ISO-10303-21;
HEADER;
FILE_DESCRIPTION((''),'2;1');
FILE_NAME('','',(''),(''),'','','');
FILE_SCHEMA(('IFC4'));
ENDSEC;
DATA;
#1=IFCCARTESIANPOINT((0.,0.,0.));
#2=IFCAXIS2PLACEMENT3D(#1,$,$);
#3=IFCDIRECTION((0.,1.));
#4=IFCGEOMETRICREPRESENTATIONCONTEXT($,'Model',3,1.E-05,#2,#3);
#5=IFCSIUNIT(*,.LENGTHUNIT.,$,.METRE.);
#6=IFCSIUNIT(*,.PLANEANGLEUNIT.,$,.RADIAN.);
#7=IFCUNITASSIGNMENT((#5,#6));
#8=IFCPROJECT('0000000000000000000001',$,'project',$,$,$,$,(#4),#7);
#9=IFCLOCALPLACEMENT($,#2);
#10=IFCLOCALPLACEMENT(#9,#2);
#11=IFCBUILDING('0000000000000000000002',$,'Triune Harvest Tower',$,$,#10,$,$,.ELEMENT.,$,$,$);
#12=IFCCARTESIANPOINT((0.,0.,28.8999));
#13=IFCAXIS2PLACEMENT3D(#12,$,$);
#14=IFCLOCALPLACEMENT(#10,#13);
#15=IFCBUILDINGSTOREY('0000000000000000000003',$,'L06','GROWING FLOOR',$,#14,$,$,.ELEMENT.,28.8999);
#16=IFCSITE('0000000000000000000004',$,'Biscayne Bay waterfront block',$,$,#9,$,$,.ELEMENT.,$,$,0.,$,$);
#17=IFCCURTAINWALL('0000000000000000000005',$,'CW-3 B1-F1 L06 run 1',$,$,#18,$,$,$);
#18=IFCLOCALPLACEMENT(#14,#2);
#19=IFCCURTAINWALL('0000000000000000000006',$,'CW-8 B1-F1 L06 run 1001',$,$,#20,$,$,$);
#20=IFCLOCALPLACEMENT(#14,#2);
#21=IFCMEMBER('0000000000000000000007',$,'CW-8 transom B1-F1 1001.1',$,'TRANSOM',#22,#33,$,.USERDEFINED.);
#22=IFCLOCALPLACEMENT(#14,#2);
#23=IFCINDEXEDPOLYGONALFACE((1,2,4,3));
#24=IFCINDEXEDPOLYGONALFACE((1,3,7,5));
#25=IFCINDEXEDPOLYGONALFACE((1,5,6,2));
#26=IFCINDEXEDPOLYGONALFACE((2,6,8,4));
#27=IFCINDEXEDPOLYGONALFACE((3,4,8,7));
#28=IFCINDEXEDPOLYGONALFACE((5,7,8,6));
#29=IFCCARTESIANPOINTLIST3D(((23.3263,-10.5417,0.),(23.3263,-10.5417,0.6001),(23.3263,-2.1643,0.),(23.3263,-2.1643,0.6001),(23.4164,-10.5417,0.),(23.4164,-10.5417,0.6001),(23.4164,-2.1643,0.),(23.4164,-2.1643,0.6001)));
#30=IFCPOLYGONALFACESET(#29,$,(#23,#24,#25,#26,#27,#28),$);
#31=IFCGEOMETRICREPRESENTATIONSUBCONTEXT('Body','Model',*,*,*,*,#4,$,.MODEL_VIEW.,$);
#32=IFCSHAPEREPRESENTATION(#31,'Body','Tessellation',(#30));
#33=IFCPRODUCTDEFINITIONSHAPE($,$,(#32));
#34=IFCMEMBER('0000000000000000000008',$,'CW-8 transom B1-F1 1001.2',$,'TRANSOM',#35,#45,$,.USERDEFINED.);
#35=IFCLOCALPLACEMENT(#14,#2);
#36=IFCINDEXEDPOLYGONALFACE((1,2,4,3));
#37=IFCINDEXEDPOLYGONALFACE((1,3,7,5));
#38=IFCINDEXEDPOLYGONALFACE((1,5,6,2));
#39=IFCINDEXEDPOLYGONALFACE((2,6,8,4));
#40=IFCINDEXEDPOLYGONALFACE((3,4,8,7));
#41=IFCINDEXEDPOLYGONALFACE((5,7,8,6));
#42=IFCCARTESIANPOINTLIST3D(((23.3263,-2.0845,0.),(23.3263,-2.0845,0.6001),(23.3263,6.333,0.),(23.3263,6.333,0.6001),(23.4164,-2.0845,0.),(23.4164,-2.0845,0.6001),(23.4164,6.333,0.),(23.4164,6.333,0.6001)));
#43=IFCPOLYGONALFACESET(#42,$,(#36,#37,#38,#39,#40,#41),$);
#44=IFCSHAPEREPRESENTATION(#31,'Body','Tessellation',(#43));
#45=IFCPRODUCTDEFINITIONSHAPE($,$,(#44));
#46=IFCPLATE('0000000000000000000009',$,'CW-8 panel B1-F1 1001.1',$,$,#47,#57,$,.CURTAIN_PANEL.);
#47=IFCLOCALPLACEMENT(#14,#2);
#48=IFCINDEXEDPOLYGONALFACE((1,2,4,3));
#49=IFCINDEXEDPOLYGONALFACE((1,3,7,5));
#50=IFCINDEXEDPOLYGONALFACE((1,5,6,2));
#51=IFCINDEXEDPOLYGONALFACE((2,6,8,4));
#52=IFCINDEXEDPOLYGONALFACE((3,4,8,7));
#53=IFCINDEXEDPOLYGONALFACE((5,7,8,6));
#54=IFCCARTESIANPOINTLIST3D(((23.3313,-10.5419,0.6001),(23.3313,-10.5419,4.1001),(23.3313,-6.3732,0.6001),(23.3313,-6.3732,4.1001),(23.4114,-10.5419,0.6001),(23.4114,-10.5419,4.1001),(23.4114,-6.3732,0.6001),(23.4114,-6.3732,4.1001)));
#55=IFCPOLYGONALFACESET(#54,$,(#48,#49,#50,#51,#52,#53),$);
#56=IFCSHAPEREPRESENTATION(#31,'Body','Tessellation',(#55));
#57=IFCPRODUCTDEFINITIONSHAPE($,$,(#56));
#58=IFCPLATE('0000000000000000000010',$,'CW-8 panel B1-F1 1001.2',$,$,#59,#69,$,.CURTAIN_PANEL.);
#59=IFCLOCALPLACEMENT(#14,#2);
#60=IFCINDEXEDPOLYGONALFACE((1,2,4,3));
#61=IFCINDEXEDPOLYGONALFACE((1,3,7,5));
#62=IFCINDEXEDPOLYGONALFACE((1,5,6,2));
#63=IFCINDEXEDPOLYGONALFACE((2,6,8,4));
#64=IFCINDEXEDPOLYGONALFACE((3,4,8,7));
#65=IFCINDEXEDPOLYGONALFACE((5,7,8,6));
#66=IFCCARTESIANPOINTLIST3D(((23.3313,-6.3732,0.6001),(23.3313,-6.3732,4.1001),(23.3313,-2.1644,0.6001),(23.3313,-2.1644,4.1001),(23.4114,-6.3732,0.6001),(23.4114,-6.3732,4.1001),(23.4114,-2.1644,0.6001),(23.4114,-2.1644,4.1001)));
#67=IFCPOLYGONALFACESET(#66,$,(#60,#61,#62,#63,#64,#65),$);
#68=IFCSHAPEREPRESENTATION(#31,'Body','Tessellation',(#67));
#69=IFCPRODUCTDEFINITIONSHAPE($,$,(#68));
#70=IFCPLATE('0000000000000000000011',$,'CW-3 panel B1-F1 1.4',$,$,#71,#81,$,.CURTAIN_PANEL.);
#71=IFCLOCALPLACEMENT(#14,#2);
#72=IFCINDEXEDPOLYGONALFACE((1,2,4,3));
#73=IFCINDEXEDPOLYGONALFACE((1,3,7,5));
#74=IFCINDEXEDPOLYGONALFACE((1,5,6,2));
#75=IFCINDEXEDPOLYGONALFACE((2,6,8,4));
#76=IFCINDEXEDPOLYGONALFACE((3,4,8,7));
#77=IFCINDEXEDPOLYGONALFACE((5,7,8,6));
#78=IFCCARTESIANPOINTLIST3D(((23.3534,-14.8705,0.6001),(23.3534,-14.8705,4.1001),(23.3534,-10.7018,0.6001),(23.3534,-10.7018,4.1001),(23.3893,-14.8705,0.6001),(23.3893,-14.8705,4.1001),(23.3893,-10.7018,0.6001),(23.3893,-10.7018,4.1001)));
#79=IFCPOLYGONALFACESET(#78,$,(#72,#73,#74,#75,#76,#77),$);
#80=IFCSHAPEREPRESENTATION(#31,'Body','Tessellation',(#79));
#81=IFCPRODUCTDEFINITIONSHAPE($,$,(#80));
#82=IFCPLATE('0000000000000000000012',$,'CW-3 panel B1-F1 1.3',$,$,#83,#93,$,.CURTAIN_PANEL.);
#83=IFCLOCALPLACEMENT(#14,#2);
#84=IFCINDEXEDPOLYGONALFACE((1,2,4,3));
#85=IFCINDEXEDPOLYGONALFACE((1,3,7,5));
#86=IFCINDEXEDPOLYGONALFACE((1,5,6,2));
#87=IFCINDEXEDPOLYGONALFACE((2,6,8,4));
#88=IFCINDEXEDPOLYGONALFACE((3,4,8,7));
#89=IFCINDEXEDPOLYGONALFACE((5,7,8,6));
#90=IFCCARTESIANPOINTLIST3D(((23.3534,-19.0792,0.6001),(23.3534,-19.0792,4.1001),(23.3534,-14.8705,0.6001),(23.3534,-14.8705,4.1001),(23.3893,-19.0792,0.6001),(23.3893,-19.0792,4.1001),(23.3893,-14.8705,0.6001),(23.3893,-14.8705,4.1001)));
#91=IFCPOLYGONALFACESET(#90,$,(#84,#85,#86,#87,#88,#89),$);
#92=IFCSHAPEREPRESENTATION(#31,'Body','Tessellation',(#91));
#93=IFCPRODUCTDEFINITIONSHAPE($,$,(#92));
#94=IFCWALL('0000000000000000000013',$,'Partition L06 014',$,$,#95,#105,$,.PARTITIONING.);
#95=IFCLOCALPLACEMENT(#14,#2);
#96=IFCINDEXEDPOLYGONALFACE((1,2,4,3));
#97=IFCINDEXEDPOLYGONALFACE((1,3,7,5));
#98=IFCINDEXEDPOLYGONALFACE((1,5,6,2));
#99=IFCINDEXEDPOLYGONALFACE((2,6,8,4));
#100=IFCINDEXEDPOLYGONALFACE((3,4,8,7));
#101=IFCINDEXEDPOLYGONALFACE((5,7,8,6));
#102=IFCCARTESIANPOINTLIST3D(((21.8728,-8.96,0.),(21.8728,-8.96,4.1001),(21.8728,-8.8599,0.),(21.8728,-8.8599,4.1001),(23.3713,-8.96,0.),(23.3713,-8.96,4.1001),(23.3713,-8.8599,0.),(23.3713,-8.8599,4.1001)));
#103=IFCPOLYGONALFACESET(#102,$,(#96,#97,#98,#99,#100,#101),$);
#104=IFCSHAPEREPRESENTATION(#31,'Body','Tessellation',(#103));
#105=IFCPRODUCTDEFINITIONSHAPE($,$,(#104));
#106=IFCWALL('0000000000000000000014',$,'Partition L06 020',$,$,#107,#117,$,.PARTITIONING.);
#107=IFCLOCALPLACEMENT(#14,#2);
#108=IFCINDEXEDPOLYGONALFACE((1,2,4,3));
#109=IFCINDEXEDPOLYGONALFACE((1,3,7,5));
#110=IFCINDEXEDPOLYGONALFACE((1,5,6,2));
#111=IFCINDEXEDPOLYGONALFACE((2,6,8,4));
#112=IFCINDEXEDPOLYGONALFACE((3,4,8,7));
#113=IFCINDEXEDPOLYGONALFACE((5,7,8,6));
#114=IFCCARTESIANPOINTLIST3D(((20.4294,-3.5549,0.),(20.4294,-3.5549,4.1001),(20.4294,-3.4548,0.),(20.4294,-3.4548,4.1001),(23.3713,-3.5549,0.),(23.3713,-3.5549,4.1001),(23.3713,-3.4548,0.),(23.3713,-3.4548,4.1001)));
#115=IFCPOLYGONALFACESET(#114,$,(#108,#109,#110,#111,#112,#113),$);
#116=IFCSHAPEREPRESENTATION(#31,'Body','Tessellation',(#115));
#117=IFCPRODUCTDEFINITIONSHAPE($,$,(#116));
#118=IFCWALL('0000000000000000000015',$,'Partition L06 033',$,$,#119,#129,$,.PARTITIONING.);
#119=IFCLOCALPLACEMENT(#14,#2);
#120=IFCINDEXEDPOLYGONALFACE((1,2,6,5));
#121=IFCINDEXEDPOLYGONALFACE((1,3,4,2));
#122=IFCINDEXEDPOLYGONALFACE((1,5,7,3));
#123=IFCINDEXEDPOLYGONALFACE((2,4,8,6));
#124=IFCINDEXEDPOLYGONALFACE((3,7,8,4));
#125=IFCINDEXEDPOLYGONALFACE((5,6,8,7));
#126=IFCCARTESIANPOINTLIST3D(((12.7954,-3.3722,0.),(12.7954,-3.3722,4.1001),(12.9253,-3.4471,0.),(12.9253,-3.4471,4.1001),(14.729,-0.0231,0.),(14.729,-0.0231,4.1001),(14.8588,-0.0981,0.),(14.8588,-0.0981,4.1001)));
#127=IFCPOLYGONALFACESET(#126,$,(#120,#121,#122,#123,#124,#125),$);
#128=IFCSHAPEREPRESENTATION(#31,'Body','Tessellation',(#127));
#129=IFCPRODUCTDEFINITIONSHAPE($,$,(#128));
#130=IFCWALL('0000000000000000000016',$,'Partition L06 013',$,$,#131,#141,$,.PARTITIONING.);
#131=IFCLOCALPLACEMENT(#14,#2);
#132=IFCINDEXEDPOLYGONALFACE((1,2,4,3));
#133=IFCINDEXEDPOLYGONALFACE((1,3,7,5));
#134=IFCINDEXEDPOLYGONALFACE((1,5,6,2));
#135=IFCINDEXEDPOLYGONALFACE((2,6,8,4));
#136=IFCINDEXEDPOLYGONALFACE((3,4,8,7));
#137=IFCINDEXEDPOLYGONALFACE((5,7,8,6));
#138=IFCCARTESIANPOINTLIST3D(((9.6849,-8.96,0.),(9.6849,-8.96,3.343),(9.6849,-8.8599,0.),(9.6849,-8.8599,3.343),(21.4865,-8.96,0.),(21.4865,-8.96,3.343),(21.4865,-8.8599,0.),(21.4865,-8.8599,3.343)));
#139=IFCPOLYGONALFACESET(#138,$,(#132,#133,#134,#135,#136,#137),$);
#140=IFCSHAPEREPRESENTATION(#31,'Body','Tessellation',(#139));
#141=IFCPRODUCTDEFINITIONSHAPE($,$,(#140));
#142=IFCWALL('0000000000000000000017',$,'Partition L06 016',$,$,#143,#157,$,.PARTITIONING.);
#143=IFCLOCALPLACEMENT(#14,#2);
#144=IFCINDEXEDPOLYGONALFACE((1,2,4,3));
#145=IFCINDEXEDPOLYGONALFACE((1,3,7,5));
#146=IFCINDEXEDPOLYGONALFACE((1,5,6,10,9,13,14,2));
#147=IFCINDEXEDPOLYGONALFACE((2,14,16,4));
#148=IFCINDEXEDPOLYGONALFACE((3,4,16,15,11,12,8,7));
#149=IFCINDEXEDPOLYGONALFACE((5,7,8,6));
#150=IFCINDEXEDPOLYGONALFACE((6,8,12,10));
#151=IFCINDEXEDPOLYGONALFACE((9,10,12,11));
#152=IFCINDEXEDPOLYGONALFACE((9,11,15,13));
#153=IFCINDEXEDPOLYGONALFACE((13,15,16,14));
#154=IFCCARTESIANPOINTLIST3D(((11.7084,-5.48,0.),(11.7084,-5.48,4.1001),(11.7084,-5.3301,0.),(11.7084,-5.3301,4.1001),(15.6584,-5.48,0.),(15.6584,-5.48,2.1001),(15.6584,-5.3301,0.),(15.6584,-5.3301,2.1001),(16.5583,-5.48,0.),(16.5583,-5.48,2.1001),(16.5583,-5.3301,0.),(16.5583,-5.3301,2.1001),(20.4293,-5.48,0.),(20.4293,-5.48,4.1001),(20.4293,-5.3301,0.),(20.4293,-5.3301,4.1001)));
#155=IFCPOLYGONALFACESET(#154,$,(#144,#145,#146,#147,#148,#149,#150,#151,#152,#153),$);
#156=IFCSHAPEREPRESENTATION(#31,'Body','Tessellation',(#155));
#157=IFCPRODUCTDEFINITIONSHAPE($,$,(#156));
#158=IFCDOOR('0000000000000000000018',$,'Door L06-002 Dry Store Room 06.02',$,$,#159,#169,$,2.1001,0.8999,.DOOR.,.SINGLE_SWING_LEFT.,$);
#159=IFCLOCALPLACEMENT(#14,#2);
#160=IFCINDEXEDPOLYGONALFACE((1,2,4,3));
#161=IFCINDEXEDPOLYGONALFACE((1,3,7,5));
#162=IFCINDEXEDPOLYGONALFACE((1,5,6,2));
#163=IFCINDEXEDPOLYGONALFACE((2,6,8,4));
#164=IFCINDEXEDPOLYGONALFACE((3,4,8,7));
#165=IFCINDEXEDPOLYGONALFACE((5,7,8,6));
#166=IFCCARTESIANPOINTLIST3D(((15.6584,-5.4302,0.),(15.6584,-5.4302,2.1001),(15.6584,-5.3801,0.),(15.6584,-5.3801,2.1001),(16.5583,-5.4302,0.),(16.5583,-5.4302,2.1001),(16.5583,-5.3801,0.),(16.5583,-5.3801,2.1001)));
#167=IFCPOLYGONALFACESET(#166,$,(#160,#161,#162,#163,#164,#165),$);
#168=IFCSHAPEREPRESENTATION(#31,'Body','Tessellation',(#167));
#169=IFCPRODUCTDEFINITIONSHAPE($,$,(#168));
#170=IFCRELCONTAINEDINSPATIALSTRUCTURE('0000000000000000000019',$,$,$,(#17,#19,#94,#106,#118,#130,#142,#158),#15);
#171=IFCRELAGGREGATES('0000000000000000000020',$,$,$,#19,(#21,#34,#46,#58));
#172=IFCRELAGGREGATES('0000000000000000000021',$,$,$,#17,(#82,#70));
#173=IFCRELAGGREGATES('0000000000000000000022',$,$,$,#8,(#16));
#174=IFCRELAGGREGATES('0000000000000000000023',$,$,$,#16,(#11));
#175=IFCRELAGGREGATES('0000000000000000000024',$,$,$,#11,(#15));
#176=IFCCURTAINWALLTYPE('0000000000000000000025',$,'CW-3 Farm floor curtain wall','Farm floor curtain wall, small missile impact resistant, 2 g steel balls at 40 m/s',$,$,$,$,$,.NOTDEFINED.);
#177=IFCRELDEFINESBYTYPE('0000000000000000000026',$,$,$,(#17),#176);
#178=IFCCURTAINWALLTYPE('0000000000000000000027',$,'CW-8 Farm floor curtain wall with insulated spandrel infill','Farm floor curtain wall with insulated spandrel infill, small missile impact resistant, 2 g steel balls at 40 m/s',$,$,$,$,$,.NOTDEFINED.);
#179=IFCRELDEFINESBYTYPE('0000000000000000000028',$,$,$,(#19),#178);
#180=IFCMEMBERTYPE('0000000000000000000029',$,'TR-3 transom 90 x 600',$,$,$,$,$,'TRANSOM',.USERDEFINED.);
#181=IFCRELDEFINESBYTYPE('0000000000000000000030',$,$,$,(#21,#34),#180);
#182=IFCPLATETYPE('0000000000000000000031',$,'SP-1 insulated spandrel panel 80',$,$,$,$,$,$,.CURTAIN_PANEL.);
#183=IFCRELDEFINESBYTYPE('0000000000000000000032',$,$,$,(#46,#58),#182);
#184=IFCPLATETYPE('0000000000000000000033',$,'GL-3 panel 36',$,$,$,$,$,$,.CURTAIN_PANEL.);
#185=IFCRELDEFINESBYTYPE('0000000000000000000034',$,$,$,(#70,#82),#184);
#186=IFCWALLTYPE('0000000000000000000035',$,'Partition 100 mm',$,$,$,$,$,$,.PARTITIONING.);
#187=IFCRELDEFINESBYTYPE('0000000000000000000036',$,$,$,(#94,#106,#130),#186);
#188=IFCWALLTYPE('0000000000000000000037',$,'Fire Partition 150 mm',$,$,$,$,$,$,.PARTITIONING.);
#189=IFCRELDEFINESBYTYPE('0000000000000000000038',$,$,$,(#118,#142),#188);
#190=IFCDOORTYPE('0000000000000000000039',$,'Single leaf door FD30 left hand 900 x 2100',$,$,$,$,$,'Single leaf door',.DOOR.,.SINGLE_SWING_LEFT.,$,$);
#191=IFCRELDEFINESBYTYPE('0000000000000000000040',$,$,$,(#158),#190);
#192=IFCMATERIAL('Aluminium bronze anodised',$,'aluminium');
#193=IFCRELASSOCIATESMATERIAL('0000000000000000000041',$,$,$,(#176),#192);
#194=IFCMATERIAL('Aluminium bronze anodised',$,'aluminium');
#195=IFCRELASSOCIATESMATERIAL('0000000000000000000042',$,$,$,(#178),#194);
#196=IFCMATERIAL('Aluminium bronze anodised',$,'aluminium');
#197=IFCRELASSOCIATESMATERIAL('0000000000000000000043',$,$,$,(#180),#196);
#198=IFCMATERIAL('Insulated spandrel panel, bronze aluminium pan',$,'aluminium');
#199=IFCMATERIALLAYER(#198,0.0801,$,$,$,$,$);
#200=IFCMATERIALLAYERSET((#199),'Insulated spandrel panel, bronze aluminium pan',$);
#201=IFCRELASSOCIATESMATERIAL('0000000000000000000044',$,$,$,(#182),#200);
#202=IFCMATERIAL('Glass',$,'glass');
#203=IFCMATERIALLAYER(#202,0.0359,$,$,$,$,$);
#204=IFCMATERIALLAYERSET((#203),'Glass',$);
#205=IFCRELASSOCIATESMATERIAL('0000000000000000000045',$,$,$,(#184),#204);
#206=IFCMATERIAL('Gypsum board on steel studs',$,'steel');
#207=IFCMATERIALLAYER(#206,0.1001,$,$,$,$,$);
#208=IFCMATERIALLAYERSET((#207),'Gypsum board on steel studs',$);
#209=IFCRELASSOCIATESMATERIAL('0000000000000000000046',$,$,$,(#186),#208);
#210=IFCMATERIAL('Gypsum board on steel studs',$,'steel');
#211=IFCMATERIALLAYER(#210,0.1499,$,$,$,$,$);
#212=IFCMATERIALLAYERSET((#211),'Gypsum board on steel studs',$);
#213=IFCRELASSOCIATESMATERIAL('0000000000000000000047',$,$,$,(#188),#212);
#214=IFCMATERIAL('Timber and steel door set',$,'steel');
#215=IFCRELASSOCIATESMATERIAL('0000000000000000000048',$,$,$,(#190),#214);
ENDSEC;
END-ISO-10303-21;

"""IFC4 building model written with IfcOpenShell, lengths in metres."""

from ifc_helpers import new_model, si_unit, direction, frame, frame_2d, origin, origin_2d, place, context, subcontext, project, spatial, rectangle, extrude, source, transform, mapped, material, layer, layer_set, material_profile, profile_set, type_object, element, fill, aggregate, save


model = new_model("IFC4")

# Units and contexts
model_context = context("Model", 3, precision=1e-05, world=origin(), true_north=direction((0.0, 1.0)))
body_context = subcontext(model_context, "Body", "Model", "MODEL_VIEW")
ifc_project = project(units=[si_unit("LENGTHUNIT", "METRE"), si_unit("PLANEANGLEUNIT", "RADIAN")], contexts=[model_context])

# Site, building, storey
site_placement = place(None, origin())
site = spatial("IfcSite", under=ifc_project, at=site_placement, Name="Biscayne Bay waterfront block", CompositionType="ELEMENT", RefElevation=0.0)
building_placement = place(site_placement, origin())
building = spatial("IfcBuilding", under=site, at=building_placement, Name="Triune Harvest Tower", CompositionType="ELEMENT")
storey_placement = place(building_placement, frame((0.0, 0.0, 28.8999)))
storey = spatial("IfcBuildingStorey", under=building, at=storey_placement, Name="L06", Description="GROWING FLOOR", CompositionType="ELEMENT", Elevation=28.8999)

# Curtain wall
ifc_material_1 = material(Name="Aluminium bronze anodised", Category="aluminium")
curtain_wall_type_1 = type_object("IfcCurtainWallType", Name="CW-3 Farm floor curtain wall", Description="Farm floor curtain wall, small missile impact resistant, 2 g steel balls at 40 m/s", PredefinedType="NOTDEFINED", material=ifc_material_1)
curtain_wall_1_placement = place(storey_placement, origin())
curtain_wall_1 = element("IfcCurtainWall", 1, at=curtain_wall_1_placement, inside=storey, type_object=curtain_wall_type_1, Name="CW-3 B1-F1 L06 run 1")

# Curtain wall, members, plates
ifc_material_2 = material(Name="Aluminium bronze anodised", Category="aluminium")
curtain_wall_type_2 = type_object("IfcCurtainWallType", Name="CW-8 Farm floor curtain wall with insulated spandrel infill", Description="Farm floor curtain wall with insulated spandrel infill, small missile impact resistant, 2 g steel balls at 40 m/s", PredefinedType="NOTDEFINED", material=ifc_material_2)
curtain_wall_2_placement = place(storey_placement, origin())
curtain_wall_2 = element("IfcCurtainWall", 2, at=curtain_wall_2_placement, inside=storey, type_object=curtain_wall_type_2, Name="CW-8 B1-F1 L06 run 1001")
ifc_material_3 = material(Name="Aluminium bronze anodised", Category="aluminium")
ifc_material_profile_1 = material_profile(ifc_material_3, rectangle(XDim=0.0901, YDim=0.6001, at=origin_2d()), Name="TR-3 transom 90 x 600")
ifc_profile_set_1 = profile_set([ifc_material_profile_1], Name="Aluminium bronze anodised")
member_type_1 = type_object("IfcMemberType", Name="TR-3 transom 90 x 600", ElementType="TRANSOM", PredefinedType="USERDEFINED", material=ifc_profile_set_1)
shared_shape_1 = source(origin(), body_context, "Body", "SweptSolid", [
    extrude(rectangle(XDim=0.0901, YDim=0.6001, at=origin_2d()), origin(), (0.0, 0.0, 1.0), 8.3774),
])
member_1_placement = place(storey_placement, frame((23.3713, -10.5417, 0.3), z_axis=(0.0, 1.0, 0.0), x_axis=(-1.0, 0.0, 0.0)))
member_1 = element("IfcMember", 3, at=member_1_placement, type_object=member_type_1, Name="CW-8 transom B1-F1 1001.1", ObjectType="TRANSOM", PredefinedType="USERDEFINED", context=body_context, shape_type="MappedRepresentation", body=[
    mapped(shared_shape_1, transform((0.0, 0.0, 0.0), scale=1.0)),
])
shared_shape_2 = source(origin(), body_context, "Body", "SweptSolid", [
    extrude(rectangle(XDim=0.0901, YDim=0.6001, at=origin_2d()), origin(), (0.0, 0.0, 1.0), 8.4175),
])
member_2_placement = place(storey_placement, frame((23.3713, -2.0845, 0.3), z_axis=(0.0, 1.0, 0.0), x_axis=(-1.0, 0.0, 0.0)))
member_2 = element("IfcMember", 4, at=member_2_placement, type_object=member_type_1, Name="CW-8 transom B1-F1 1001.2", ObjectType="TRANSOM", PredefinedType="USERDEFINED", context=body_context, shape_type="MappedRepresentation", body=[
    mapped(shared_shape_2, transform((0.0, 0.0, 0.0), scale=1.0)),
])
ifc_material_4 = material(Name="Insulated spandrel panel, bronze aluminium pan", Category="aluminium")
ifc_layer_1 = layer(ifc_material_4, 0.0801)
ifc_layer_set_1 = layer_set([ifc_layer_1], Name="Insulated spandrel panel, bronze aluminium pan")
plate_type_1 = type_object("IfcPlateType", Name="SP-1 insulated spandrel panel 80", PredefinedType="CURTAIN_PANEL", material=ifc_layer_set_1)
shared_shape_3 = source(origin(), body_context, "Body", "SweptSolid", [
    extrude(rectangle(XDim=4.1687, YDim=0.0801, at=origin_2d()), origin(), (0.0, 0.0, 1.0), 3.5),
])
plate_1_placement = place(storey_placement, frame((23.3713, -8.4575, 0.6001), z_axis=(0.0, 0.0, 1.0), x_axis=(0.0, 1.0, 0.0)))
plate_1 = element("IfcPlate", 5, at=plate_1_placement, type_object=plate_type_1, Name="CW-8 panel B1-F1 1001.1", PredefinedType="CURTAIN_PANEL", context=body_context, shape_type="MappedRepresentation", body=[
    mapped(shared_shape_3, transform((0.0, 0.0, 0.0), scale=1.0)),
])
shared_shape_4 = source(origin(), body_context, "Body", "SweptSolid", [
    extrude(rectangle(XDim=4.2087, YDim=0.0801, at=origin_2d()), origin(), (0.0, 0.0, 1.0), 3.5),
])
plate_2_placement = place(storey_placement, frame((23.3713, -4.2688, 0.6001), z_axis=(0.0, 0.0, 1.0), x_axis=(0.0, 1.0, 0.0)))
plate_2 = element("IfcPlate", 6, at=plate_2_placement, type_object=plate_type_1, Name="CW-8 panel B1-F1 1001.2", PredefinedType="CURTAIN_PANEL", context=body_context, shape_type="MappedRepresentation", body=[
    mapped(shared_shape_4, transform((0.0, 0.0, 0.0), scale=1.0)),
])
aggregate(curtain_wall_2, [member_1, member_2, plate_1, plate_2])

# Plates
ifc_material_5 = material(Name="Glass", Category="glass")
ifc_layer_2 = layer(ifc_material_5, 0.0359)
ifc_layer_set_2 = layer_set([ifc_layer_2], Name="Glass")
plate_type_2 = type_object("IfcPlateType", Name="GL-3 panel 36", PredefinedType="CURTAIN_PANEL", material=ifc_layer_set_2)
shared_shape_5 = source(origin(), body_context, "Body", "SweptSolid", [
    extrude(rectangle(XDim=4.1687, YDim=0.0359, at=origin_2d()), origin(), (0.0, 0.0, 1.0), 3.5),
])
plate_3_placement = place(storey_placement, frame((23.3713, -12.7861, 0.6001), z_axis=(0.0, 0.0, 1.0), x_axis=(0.0, 1.0, 0.0)))
plate_3 = element("IfcPlate", 7, at=plate_3_placement, type_object=plate_type_2, Name="CW-3 panel B1-F1 1.4", PredefinedType="CURTAIN_PANEL", context=body_context, shape_type="MappedRepresentation", body=[
    mapped(shared_shape_5, transform((0.0, 0.0, 0.0), scale=1.0)),
])
shared_shape_6 = source(origin(), body_context, "Body", "SweptSolid", [
    extrude(rectangle(XDim=4.2087, YDim=0.0359, at=origin_2d()), origin(), (0.0, 0.0, 1.0), 3.5),
])
plate_4_placement = place(storey_placement, frame((23.3713, -16.9749, 0.6001), z_axis=(0.0, 0.0, 1.0), x_axis=(0.0, 1.0, 0.0)))
plate_4 = element("IfcPlate", 8, at=plate_4_placement, type_object=plate_type_2, Name="CW-3 panel B1-F1 1.3", PredefinedType="CURTAIN_PANEL", context=body_context, shape_type="MappedRepresentation", body=[
    mapped(shared_shape_6, transform((0.0, 0.0, 0.0), scale=1.0)),
])
aggregate(curtain_wall_1, [plate_4, plate_3])

# Walls
ifc_material_6 = material(Name="Gypsum board on steel studs", Category="steel")
ifc_layer_3 = layer(ifc_material_6, 0.1001)
ifc_layer_set_3 = layer_set([ifc_layer_3], Name="Gypsum board on steel studs")
wall_type_1 = type_object("IfcWallType", Name="Partition 100 mm", PredefinedType="PARTITIONING", material=ifc_layer_set_3)
shared_shape_7 = source(origin(), body_context, "Body", "SweptSolid", [
    extrude(rectangle(XDim=1.4985, YDim=0.1001, at=frame_2d((0.7493, 0.0))), origin(), (0.0, 0.0, 1.0), 4.1001),
])
wall_1_placement = place(storey_placement, frame((21.8728, -8.9099, 0.0), z_axis=(0.0, 0.0, 1.0), x_axis=(1.0, 0.0, 0.0)))
element("IfcWall", 9, at=wall_1_placement, inside=storey, type_object=wall_type_1, Name="Partition L06 014", PredefinedType="PARTITIONING", context=body_context, shape_type="MappedRepresentation", body=[
    mapped(shared_shape_7, transform((0.0, 0.0, 0.0), scale=1.0)),
])
shared_shape_8 = source(origin(), body_context, "Body", "SweptSolid", [
    extrude(rectangle(XDim=2.9419, YDim=0.1001, at=frame_2d((1.4709, 0.0))), origin(), (0.0, 0.0, 1.0), 4.1001),
])
wall_2_placement = place(storey_placement, frame((20.4294, -3.5049, 0.0), z_axis=(0.0, 0.0, 1.0), x_axis=(1.0, 0.0, 0.0)))
element("IfcWall", 10, at=wall_2_placement, inside=storey, type_object=wall_type_1, Name="Partition L06 020", PredefinedType="PARTITIONING", context=body_context, shape_type="MappedRepresentation", body=[
    mapped(shared_shape_8, transform((0.0, 0.0, 0.0), scale=1.0)),
])
ifc_material_7 = material(Name="Gypsum board on steel studs", Category="steel")
ifc_layer_4 = layer(ifc_material_7, 0.1499)
ifc_layer_set_4 = layer_set([ifc_layer_4], Name="Gypsum board on steel studs")
wall_type_2 = type_object("IfcWallType", Name="Fire Partition 150 mm", PredefinedType="PARTITIONING", material=ifc_layer_set_4)
shared_shape_9 = source(origin(), body_context, "Body", "SweptSolid", [
    extrude(rectangle(XDim=3.8672, YDim=0.1499, at=frame_2d((1.9336, 0.0))), origin(), (0.0, 0.0, 1.0), 4.1001),
])
wall_3_placement = place(storey_placement, frame((12.8604, -3.4097, 0.0), z_axis=(0.0, 0.0, 1.0), x_axis=(0.499996, 0.866028, 0.0)))
element("IfcWall", 11, at=wall_3_placement, inside=storey, type_object=wall_type_2, Name="Partition L06 033", PredefinedType="PARTITIONING", context=body_context, shape_type="MappedRepresentation", body=[
    mapped(shared_shape_9, transform((0.0, 0.0, 0.0), scale=1.0)),
])
shared_shape_10 = source(origin(), body_context, "Body", "SweptSolid", [
    extrude(rectangle(XDim=11.8015, YDim=0.1001, at=frame_2d((5.9009, 0.0))), origin(), (0.0, 0.0, 1.0), 3.343),
])
wall_4_placement = place(storey_placement, frame((9.6848, -8.9099, 0.0), z_axis=(0.0, 0.0, 1.0), x_axis=(1.0, 0.0, 0.0)))
element("IfcWall", 12, at=wall_4_placement, inside=storey, type_object=wall_type_1, Name="Partition L06 013", PredefinedType="PARTITIONING", context=body_context, shape_type="MappedRepresentation", body=[
    mapped(shared_shape_10, transform((0.0, 0.0, 0.0), scale=1.0)),
])

# Wall, opening, door
shared_shape_11 = source(origin(), body_context, "Body", "SweptSolid", [
    extrude(rectangle(XDim=8.7209, YDim=0.1499, at=frame_2d((4.3604, 0.0))), origin(), (0.0, 0.0, 1.0), 4.1001),
])
wall_5_placement = place(storey_placement, frame((11.7085, -5.405, 0.0), z_axis=(0.0, 0.0, 1.0), x_axis=(1.0, 0.0, 0.0)))
wall_5 = element("IfcWall", 13, at=wall_5_placement, inside=storey, type_object=wall_type_2, Name="Partition L06 016", PredefinedType="PARTITIONING", context=body_context, shape_type="MappedRepresentation", body=[
    mapped(shared_shape_11, transform((0.0, 0.0, 0.0), scale=1.0)),
])
opening_1_placement = place(wall_5_placement, frame((3.95, 0.0, 0.0)))
opening_1 = element("IfcOpeningElement", 14, at=opening_1_placement, cuts=wall_5, PredefinedType="OPENING", context=body_context, shape_type="SweptSolid", body=[
    extrude(rectangle(XDim=0.8999, YDim=2.1001, at=frame_2d((0.45, 1.05))), frame((0.0, 0.085, 0.0), z_axis=(0.0, -1.0, 0.0), x_axis=(1.0, 0.0, 0.0)), (0.0, 0.0, 1.0), 0.1699),
])
ifc_material_8 = material(Name="Timber and steel door set", Category="steel")
door_type_1 = type_object("IfcDoorType", Name="Single leaf door FD30 left hand 900 x 2100", ElementType="Single leaf door", OperationType="SINGLE_SWING_LEFT", PredefinedType="DOOR", material=ifc_material_8)
door_1_placement = place(opening_1_placement, origin())
door_1 = element("IfcDoor", 15, at=door_1_placement, inside=storey, type_object=door_type_1, Name="Door L06-002 Dry Store Room 06.02", OperationType="SINGLE_SWING_LEFT", OverallHeight=2.1001, OverallWidth=0.8999, PredefinedType="DOOR", context=body_context, shape_type="SweptSolid", body=[
    extrude(rectangle(XDim=0.8999, YDim=2.1001, at=frame_2d((0.45, 1.05))), frame((0.0, 0.0249, 0.0), z_axis=(0.0, -1.0, 0.0), x_axis=(1.0, 0.0, 0.0)), (0.0, 0.0, 1.0), 0.05),
])
fill(opening_1, door_1)

save(model, "model.ifc")
